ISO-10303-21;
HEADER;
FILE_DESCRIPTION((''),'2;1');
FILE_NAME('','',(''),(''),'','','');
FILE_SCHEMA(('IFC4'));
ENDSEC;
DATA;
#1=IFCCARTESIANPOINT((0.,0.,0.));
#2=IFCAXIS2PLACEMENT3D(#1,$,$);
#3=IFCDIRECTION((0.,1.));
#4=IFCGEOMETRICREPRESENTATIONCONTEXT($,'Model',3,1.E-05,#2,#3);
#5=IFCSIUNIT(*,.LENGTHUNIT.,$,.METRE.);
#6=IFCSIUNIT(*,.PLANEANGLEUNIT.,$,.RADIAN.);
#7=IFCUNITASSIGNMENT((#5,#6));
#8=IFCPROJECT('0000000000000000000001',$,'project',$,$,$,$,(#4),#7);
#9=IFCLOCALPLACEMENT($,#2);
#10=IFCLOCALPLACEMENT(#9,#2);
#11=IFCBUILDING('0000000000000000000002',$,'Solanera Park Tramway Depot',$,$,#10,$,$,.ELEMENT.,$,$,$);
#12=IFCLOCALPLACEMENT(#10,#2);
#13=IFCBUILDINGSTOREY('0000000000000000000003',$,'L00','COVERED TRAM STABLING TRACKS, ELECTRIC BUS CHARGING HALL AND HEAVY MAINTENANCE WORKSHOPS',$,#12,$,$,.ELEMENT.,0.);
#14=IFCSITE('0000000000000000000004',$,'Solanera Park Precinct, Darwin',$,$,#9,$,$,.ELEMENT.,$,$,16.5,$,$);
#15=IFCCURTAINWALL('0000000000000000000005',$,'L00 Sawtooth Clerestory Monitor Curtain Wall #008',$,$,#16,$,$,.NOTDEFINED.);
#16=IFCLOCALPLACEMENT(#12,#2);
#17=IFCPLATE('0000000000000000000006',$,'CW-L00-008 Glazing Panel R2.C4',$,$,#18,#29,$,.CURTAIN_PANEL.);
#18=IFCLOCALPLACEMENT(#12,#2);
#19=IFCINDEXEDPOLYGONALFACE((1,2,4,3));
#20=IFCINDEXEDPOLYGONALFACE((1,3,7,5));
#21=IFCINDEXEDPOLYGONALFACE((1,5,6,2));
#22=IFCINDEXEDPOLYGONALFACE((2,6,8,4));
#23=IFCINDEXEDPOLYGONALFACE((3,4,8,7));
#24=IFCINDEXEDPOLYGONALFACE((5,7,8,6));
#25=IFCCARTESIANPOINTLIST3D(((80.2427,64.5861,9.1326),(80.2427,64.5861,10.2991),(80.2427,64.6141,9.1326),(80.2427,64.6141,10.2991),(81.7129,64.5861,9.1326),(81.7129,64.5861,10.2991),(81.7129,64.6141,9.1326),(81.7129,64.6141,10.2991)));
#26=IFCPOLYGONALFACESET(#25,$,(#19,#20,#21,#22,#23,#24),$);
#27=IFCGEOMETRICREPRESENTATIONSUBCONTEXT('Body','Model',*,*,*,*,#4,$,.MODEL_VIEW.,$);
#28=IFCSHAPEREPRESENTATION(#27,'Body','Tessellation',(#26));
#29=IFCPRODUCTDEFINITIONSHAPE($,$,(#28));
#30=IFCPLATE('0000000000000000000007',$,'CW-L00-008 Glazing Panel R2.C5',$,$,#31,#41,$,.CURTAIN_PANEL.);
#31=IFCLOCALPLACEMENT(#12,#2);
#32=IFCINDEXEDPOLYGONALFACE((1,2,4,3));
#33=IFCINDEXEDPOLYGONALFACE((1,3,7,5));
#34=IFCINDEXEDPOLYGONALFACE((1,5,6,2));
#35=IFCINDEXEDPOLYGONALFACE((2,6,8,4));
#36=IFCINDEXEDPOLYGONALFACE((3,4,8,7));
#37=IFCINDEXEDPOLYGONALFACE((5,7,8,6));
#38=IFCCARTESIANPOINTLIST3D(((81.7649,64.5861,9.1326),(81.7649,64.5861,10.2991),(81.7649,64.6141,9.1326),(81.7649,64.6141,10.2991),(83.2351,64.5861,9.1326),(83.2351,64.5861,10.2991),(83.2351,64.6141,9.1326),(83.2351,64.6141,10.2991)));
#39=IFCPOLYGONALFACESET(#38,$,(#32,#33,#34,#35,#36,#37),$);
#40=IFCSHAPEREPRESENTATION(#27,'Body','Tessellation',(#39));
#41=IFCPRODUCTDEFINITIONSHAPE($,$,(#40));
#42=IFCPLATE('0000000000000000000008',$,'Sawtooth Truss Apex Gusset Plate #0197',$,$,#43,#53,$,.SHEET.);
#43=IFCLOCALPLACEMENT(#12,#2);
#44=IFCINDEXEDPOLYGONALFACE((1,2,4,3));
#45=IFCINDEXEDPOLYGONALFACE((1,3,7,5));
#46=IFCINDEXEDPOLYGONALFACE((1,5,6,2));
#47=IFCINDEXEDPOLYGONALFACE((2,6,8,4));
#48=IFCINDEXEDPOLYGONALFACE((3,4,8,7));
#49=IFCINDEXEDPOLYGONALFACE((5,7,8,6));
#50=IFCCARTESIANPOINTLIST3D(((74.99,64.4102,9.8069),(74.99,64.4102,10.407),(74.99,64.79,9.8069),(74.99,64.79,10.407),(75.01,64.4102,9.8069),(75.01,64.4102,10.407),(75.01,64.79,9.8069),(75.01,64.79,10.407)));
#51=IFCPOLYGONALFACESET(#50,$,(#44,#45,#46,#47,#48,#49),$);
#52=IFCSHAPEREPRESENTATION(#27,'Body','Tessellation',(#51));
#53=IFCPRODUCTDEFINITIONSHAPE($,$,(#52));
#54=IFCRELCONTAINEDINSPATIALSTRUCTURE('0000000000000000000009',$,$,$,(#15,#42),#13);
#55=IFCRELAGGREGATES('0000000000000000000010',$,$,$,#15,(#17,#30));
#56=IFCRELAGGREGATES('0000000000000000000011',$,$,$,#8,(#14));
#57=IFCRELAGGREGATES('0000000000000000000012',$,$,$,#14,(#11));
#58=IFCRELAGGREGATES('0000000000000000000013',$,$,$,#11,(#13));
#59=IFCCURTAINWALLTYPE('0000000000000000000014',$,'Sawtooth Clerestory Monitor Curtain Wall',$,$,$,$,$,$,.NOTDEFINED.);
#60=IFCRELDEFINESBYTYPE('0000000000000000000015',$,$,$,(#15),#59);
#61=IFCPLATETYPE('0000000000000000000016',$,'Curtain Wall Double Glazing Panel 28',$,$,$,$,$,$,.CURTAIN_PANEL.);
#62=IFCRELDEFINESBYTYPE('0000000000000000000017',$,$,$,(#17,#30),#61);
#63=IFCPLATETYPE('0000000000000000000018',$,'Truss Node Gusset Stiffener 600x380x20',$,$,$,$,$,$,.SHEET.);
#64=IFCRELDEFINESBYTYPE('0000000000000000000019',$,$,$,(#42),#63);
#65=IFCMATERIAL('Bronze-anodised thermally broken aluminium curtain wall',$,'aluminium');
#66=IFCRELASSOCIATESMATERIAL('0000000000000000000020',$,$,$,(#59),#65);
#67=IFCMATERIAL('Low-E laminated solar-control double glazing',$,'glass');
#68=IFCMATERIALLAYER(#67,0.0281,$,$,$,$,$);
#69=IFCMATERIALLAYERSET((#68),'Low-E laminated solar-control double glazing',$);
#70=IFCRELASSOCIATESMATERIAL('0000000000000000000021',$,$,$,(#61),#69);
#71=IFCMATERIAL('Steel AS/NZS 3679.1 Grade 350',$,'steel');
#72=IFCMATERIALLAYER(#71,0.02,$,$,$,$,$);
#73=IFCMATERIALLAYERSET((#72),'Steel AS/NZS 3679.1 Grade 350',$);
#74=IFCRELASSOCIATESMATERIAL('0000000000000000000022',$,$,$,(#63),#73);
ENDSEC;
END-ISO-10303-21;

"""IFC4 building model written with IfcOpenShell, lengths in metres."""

from ifc_helpers import new_model, si_unit, direction, frame, origin, origin_2d, place, context, subcontext, project, spatial, rectangle, extrude, material, layer, layer_set, type_object, element, aggregate, save


model = new_model("IFC4")

# Units and contexts
model_context = context("Model", 3, precision=1e-05, world=origin(), true_north=direction((0.0, 1.0)))
body_context = subcontext(model_context, "Body", "Model", "MODEL_VIEW")
ifc_project = project(units=[si_unit("LENGTHUNIT", "METRE"), si_unit("PLANEANGLEUNIT", "RADIAN")], contexts=[model_context])

# Site, building, storey
site_placement = place(None, origin())
site = spatial("IfcSite", under=ifc_project, at=site_placement, Name="Solanera Park Precinct, Darwin", CompositionType="ELEMENT", RefElevation=16.5)
building_placement = place(site_placement, origin())
building = spatial("IfcBuilding", under=site, at=building_placement, Name="Solanera Park Tramway Depot", CompositionType="ELEMENT")
storey_placement = place(building_placement, origin())
storey = spatial("IfcBuildingStorey", under=building, at=storey_placement, Name="L00", Description="COVERED TRAM STABLING TRACKS, ELECTRIC BUS CHARGING HALL AND HEAVY MAINTENANCE WORKSHOPS", CompositionType="ELEMENT", Elevation=0.0)

# Curtain wall
ifc_material_1 = material(Name="Bronze-anodised thermally broken aluminium curtain wall", Category="aluminium")
curtain_wall_type = type_object("IfcCurtainWallType", Name="Sawtooth Clerestory Monitor Curtain Wall", PredefinedType="NOTDEFINED", material=ifc_material_1)
curtain_wall_placement = place(storey_placement, origin())
curtain_wall = element("IfcCurtainWall", 1, at=curtain_wall_placement, inside=storey, type_object=curtain_wall_type, Name="L00 Sawtooth Clerestory Monitor Curtain Wall #008", PredefinedType="NOTDEFINED")

# Plates
ifc_material_2 = material(Name="Low-E laminated solar-control double glazing", Category="glass")
ifc_layer_1 = layer(ifc_material_2, 0.0281)
ifc_layer_set_1 = layer_set([ifc_layer_1], Name="Low-E laminated solar-control double glazing")
plate_type_1 = type_object("IfcPlateType", Name="Curtain Wall Double Glazing Panel 28", PredefinedType="CURTAIN_PANEL", material=ifc_layer_set_1)
plate_1_placement = place(storey_placement, frame((80.9778, 64.6001, 9.1326), z_axis=(0.0, 0.0, 1.0), x_axis=(1.0, 0.0, 0.0)))
plate_1 = element("IfcPlate", 2, at=plate_1_placement, type_object=plate_type_1, Name="CW-L00-008 Glazing Panel R2.C4", PredefinedType="CURTAIN_PANEL", context=body_context, shape_type="SweptSolid", body=[
    extrude(rectangle(XDim=1.4702, YDim=0.0281, at=origin_2d()), origin(), (0.0, 0.0, 1.0), 1.1665),
])
plate_2_placement = place(storey_placement, frame((82.5, 64.6001, 9.1326), z_axis=(0.0, 0.0, 1.0), x_axis=(1.0, 0.0, 0.0)))
plate_2 = element("IfcPlate", 3, at=plate_2_placement, type_object=plate_type_1, Name="CW-L00-008 Glazing Panel R2.C5", PredefinedType="CURTAIN_PANEL", context=body_context, shape_type="SweptSolid", body=[
    extrude(rectangle(XDim=1.4702, YDim=0.0281, at=origin_2d()), origin(), (0.0, 0.0, 1.0), 1.1665),
])
aggregate(curtain_wall, [plate_1, plate_2])
ifc_material_3 = material(Name="Steel AS/NZS 3679.1 Grade 350", Category="steel")
ifc_layer_2 = layer(ifc_material_3, 0.02)
ifc_layer_set_2 = layer_set([ifc_layer_2], Name="Steel AS/NZS 3679.1 Grade 350")
plate_type_2 = type_object("IfcPlateType", Name="Truss Node Gusset Stiffener 600x380x20", PredefinedType="SHEET", material=ifc_layer_set_2)
plate_3_placement = place(storey_placement, frame((75.0, 64.6001, 9.8069), z_axis=(0.0, 0.0, 1.0), x_axis=(1.0, 0.0, 0.0)))
element("IfcPlate", 4, at=plate_3_placement, inside=storey, type_object=plate_type_2, Name="Sawtooth Truss Apex Gusset Plate #0197", PredefinedType="SHEET", context=body_context, shape_type="SweptSolid", body=[
    extrude(rectangle(XDim=0.02, YDim=0.3799, at=origin_2d()), origin(), (0.0, 0.0, 1.0), 0.6001),
])

save(model, "model.ifc")
